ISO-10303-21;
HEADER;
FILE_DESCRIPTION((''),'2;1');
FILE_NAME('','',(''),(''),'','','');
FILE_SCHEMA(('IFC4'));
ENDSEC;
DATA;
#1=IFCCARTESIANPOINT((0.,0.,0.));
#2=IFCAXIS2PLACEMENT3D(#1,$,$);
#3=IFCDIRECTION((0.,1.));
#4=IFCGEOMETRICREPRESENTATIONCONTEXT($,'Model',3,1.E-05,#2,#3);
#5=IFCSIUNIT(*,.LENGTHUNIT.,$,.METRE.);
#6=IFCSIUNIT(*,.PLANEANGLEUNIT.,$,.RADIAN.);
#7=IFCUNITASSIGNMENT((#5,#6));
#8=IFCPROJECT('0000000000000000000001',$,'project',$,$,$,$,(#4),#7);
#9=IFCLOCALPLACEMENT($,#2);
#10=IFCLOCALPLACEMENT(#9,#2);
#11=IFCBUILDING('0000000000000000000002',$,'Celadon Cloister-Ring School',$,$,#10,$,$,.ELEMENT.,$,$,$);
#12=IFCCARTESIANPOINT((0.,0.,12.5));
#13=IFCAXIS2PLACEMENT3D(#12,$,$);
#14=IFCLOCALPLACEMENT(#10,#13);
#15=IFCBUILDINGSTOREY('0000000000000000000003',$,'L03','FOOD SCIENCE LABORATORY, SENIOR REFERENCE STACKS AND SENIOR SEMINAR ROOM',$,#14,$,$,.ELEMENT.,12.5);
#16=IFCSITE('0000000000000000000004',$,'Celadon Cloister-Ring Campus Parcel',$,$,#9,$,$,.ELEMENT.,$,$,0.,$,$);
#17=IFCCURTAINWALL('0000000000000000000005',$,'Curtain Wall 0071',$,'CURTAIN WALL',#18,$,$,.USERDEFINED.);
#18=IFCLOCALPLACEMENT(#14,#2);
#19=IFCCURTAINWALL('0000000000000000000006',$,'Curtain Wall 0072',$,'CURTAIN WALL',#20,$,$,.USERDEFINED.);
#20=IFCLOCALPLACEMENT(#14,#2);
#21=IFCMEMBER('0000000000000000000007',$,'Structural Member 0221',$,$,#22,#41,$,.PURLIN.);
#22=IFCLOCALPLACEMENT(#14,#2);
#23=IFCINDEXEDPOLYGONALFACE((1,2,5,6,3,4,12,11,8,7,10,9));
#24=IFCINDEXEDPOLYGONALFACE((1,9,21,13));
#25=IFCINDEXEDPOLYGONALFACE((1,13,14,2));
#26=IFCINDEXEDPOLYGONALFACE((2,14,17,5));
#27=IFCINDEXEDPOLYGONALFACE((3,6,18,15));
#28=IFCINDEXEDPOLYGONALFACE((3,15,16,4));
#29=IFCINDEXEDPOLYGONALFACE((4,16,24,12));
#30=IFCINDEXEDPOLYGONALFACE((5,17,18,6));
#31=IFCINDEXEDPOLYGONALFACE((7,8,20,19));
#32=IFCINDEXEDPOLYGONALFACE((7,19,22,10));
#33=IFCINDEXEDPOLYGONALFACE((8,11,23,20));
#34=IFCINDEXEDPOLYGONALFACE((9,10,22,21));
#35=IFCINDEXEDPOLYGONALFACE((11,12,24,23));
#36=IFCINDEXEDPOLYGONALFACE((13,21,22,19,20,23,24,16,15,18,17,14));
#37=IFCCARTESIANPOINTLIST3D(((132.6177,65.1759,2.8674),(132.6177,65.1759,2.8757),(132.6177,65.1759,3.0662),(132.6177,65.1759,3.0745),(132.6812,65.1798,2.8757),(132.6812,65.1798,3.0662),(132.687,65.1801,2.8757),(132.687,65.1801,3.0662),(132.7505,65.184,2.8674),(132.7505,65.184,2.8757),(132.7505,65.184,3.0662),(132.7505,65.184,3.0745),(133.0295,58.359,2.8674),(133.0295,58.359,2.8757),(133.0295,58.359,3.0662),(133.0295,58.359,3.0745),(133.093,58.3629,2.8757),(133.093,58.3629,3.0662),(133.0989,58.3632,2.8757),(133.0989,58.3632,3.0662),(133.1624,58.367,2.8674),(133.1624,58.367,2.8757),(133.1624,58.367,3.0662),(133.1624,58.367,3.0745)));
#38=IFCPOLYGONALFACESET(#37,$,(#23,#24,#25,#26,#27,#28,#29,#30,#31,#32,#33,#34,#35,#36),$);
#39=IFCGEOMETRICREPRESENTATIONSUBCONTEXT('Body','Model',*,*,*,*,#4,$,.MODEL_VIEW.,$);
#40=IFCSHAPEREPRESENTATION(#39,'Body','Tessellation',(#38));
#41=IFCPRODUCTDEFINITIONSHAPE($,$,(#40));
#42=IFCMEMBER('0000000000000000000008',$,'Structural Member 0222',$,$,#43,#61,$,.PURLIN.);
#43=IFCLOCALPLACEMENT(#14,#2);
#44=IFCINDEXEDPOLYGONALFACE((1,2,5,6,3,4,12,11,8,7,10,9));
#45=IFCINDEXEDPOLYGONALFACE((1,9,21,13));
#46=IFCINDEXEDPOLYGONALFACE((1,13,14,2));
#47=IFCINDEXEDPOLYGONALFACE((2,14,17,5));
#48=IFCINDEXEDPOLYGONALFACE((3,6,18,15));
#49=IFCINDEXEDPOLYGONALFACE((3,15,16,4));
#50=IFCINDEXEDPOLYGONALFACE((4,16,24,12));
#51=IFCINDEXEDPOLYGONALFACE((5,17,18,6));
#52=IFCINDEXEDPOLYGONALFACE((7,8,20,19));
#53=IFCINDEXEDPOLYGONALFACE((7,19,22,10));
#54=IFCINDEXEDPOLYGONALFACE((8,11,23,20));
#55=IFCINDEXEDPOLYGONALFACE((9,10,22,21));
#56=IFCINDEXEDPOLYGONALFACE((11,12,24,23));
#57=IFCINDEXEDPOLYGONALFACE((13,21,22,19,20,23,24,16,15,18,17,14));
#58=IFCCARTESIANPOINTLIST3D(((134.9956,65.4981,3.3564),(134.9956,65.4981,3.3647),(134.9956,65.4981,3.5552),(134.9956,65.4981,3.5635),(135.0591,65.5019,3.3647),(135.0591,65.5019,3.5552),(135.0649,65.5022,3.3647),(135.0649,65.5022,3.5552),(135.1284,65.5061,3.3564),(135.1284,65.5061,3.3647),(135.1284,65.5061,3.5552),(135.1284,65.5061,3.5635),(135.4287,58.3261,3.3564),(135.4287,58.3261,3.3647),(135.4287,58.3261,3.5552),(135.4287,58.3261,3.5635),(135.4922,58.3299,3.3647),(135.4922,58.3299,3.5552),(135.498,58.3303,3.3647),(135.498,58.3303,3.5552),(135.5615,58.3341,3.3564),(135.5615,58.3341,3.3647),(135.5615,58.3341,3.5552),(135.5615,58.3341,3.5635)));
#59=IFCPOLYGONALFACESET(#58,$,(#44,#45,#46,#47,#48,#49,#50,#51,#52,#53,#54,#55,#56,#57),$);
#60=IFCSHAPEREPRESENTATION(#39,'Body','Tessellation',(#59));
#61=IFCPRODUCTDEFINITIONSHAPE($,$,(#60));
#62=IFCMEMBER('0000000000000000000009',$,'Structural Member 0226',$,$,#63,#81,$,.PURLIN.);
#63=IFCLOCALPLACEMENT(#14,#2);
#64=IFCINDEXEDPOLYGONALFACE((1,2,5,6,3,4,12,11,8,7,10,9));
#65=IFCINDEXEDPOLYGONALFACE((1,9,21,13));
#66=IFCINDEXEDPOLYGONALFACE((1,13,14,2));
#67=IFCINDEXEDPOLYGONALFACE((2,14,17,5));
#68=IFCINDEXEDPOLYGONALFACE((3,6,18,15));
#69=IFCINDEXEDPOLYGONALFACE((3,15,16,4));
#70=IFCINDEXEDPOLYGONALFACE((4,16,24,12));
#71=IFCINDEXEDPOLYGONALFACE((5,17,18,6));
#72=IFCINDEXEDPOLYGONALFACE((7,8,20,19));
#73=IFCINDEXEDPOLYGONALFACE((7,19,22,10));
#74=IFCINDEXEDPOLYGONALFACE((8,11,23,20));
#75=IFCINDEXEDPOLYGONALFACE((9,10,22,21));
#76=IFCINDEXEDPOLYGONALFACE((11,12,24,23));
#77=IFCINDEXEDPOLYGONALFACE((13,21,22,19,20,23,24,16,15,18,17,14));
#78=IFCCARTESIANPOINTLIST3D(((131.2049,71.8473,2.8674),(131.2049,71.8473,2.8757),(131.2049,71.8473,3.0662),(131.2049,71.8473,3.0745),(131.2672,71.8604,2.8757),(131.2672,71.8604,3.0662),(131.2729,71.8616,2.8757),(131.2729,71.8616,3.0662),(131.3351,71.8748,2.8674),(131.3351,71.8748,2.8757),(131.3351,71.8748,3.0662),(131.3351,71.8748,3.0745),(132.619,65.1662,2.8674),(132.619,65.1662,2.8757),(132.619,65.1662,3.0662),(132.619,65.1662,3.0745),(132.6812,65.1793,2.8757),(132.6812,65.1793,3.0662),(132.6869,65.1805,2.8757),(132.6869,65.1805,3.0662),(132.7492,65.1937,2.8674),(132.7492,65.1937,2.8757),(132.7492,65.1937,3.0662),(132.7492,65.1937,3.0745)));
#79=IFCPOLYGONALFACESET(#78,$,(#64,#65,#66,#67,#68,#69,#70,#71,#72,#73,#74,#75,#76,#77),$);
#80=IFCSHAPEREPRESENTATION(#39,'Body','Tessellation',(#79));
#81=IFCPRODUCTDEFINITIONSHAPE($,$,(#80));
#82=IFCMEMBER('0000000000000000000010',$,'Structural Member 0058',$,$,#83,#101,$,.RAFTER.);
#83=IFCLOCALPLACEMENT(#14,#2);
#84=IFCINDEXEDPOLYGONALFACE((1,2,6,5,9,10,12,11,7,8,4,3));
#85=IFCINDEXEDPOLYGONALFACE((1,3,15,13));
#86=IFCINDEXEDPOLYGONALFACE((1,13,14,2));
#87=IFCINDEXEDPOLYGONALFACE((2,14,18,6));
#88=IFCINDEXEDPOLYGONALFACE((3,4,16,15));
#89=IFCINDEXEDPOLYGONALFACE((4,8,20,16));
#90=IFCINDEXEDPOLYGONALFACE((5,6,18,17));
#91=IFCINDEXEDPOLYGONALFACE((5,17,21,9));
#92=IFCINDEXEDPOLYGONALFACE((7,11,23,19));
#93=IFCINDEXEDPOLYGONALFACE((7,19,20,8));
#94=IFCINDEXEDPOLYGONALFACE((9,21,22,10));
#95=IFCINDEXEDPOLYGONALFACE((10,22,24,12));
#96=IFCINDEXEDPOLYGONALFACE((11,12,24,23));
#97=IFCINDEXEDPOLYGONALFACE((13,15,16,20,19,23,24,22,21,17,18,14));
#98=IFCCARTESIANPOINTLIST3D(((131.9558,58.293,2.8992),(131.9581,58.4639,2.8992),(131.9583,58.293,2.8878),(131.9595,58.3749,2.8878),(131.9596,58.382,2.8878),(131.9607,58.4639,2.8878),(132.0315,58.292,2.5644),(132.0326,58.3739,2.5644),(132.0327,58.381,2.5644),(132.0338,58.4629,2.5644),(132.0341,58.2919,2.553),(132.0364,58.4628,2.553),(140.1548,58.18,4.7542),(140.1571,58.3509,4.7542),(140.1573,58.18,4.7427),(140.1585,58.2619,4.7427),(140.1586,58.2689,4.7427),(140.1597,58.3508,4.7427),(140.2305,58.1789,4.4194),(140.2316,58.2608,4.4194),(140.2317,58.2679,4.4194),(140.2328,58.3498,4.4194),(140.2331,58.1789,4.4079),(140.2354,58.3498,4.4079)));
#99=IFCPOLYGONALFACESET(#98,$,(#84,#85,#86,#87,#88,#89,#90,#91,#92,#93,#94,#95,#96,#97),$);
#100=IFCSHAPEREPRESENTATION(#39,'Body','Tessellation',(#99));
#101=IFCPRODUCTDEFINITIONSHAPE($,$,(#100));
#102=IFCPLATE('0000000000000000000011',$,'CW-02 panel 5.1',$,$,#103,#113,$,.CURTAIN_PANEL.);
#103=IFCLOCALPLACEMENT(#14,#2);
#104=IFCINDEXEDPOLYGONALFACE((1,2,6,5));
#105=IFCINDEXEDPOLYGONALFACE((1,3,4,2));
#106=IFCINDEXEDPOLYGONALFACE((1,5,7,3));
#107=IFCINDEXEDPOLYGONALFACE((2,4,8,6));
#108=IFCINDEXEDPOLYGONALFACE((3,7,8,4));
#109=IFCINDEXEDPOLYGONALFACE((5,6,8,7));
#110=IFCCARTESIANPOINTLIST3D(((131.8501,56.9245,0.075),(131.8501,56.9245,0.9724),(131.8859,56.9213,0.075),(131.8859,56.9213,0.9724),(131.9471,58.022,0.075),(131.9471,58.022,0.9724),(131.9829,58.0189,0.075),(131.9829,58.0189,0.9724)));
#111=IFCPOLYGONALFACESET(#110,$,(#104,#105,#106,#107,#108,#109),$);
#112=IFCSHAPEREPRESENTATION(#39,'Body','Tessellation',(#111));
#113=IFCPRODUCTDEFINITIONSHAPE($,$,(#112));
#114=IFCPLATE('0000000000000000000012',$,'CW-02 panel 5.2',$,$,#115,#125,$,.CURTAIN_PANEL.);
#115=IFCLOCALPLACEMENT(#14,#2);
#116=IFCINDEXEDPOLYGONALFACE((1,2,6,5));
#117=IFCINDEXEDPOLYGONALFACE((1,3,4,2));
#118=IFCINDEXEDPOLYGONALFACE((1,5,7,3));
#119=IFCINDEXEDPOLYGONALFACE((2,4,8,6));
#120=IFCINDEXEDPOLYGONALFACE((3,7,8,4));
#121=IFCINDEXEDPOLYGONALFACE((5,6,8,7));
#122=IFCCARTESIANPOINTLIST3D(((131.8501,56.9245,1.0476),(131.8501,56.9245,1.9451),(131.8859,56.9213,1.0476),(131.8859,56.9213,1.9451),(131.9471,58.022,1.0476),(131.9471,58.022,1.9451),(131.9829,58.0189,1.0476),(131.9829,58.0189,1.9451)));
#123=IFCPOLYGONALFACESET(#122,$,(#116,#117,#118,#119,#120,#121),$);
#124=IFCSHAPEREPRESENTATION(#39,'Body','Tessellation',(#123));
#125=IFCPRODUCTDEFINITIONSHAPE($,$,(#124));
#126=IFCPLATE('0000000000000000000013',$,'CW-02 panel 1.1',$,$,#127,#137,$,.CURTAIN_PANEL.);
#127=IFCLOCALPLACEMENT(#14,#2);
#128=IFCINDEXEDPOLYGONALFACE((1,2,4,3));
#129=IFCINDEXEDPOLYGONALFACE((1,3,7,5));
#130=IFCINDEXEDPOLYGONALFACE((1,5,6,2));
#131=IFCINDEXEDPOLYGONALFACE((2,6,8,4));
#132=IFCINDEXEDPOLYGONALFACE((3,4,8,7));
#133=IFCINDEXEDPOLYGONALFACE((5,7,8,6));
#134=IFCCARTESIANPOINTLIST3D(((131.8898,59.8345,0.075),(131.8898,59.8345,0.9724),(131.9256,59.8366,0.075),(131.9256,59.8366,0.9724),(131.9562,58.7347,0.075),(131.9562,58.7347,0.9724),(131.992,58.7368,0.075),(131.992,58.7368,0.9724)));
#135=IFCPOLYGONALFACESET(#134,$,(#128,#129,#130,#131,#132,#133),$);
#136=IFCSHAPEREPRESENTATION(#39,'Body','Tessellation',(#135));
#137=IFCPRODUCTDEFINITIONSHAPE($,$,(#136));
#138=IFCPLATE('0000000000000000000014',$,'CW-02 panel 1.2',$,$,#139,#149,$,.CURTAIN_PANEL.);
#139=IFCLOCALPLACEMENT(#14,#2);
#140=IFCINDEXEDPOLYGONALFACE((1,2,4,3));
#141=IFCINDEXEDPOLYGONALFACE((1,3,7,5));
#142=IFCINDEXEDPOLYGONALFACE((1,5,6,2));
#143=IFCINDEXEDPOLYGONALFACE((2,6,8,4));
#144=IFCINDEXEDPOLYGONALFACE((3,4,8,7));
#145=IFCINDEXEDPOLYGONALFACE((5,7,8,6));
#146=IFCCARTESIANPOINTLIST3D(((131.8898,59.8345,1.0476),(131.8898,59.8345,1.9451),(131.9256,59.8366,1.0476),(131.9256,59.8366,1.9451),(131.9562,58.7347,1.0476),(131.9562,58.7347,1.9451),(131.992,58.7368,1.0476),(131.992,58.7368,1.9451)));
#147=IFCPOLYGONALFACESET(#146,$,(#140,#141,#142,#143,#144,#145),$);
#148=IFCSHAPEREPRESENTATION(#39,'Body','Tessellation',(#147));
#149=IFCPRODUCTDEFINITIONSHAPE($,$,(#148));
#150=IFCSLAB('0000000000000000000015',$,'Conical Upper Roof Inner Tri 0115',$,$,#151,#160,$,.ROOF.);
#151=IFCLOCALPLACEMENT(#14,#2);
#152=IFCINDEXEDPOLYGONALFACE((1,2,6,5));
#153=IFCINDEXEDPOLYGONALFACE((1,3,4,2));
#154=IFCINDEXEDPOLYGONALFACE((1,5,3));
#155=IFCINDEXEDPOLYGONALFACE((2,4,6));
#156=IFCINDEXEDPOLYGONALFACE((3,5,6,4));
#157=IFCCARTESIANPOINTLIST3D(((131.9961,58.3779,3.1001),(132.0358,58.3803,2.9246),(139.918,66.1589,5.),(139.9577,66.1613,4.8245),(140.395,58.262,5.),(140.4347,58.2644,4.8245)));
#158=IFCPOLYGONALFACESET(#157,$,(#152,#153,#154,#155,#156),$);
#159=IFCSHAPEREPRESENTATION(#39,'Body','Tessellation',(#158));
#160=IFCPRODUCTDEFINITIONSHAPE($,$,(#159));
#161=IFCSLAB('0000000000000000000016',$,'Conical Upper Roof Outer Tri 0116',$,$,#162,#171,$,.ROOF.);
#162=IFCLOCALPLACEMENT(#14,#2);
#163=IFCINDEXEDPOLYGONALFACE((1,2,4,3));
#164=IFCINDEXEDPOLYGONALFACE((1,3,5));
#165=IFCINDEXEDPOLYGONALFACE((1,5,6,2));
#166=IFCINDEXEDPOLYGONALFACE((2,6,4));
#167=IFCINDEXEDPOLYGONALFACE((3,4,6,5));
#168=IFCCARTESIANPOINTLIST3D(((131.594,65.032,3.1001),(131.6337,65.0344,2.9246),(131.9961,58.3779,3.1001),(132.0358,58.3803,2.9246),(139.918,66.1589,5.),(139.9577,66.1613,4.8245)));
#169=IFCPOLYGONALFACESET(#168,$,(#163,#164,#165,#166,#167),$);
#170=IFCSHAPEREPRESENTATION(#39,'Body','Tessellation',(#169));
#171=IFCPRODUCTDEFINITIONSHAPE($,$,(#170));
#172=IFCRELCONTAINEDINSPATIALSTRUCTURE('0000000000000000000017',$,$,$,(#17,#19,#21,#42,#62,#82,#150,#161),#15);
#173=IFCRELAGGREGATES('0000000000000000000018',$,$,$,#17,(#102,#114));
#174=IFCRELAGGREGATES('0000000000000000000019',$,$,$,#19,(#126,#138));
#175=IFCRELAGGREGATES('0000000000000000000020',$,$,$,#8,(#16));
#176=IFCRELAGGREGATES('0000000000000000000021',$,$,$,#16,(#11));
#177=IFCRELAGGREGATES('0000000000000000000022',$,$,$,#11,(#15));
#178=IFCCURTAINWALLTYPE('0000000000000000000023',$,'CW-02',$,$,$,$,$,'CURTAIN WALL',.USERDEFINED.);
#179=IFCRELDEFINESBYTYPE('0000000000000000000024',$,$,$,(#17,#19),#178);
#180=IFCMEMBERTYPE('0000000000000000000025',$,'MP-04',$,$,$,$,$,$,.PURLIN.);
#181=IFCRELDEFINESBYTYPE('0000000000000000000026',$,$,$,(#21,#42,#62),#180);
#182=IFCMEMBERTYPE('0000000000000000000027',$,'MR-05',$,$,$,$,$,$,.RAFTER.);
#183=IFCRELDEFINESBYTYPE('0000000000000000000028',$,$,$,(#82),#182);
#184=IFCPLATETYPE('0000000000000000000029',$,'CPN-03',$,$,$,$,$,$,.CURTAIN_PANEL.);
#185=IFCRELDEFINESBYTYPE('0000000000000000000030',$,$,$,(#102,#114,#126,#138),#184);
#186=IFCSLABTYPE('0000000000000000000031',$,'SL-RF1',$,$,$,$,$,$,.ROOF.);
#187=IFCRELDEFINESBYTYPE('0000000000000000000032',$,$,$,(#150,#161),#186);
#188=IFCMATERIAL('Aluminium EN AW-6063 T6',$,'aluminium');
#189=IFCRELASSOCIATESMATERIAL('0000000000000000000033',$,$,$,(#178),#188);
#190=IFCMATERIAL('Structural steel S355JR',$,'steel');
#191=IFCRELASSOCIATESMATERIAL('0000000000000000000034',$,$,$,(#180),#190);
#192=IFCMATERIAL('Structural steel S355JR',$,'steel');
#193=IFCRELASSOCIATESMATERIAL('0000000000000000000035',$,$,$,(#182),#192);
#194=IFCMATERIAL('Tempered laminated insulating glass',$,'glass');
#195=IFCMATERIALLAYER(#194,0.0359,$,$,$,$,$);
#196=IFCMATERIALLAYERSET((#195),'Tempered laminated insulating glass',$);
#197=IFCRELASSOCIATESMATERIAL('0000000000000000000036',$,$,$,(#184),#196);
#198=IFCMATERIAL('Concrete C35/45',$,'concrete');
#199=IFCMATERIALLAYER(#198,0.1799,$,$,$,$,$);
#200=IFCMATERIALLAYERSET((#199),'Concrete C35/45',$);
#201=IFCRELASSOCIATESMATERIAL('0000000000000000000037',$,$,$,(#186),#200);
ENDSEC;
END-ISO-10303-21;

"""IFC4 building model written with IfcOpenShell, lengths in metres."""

from ifc_helpers import new_model, si_unit, direction, frame, origin, origin_2d, place, context, subcontext, project, spatial, polyline, rectangle, i_section, outline, extrude, material, layer, layer_set, material_profile, profile_set, type_object, element, aggregate, save


model = new_model("IFC4")

# Units and contexts
model_context = context("Model", 3, precision=1e-05, world=origin(), true_north=direction((0.0, 1.0)))
body_context = subcontext(model_context, "Body", "Model", "MODEL_VIEW")
ifc_project = project(units=[si_unit("LENGTHUNIT", "METRE"), si_unit("PLANEANGLEUNIT", "RADIAN")], contexts=[model_context])

# Site, building, storey
site_placement = place(None, origin())
site = spatial("IfcSite", under=ifc_project, at=site_placement, Name="Celadon Cloister-Ring Campus Parcel", CompositionType="ELEMENT", RefElevation=0.0)
building_placement = place(site_placement, origin())
building = spatial("IfcBuilding", under=site, at=building_placement, Name="Celadon Cloister-Ring School", CompositionType="ELEMENT")
storey_placement = place(building_placement, frame((0.0, 0.0, 12.5)))
storey = spatial("IfcBuildingStorey", under=building, at=storey_placement, Name="L03", Description="FOOD SCIENCE LABORATORY, SENIOR REFERENCE STACKS AND SENIOR SEMINAR ROOM", CompositionType="ELEMENT", Elevation=12.5)

# Curtain wall
ifc_material_1 = material(Name="Aluminium EN AW-6063 T6", Category="aluminium")
curtain_wall_type = type_object("IfcCurtainWallType", Name="CW-02", ElementType="CURTAIN WALL", PredefinedType="USERDEFINED", material=ifc_material_1)
curtain_wall_1_placement = place(storey_placement, origin())
curtain_wall_1 = element("IfcCurtainWall", 1, at=curtain_wall_1_placement, inside=storey, type_object=curtain_wall_type, Name="Curtain Wall 0071", ObjectType="CURTAIN WALL", PredefinedType="USERDEFINED")

# Curtain wall
curtain_wall_2_placement = place(storey_placement, origin())
curtain_wall_2 = element("IfcCurtainWall", 2, at=curtain_wall_2_placement, inside=storey, type_object=curtain_wall_type, Name="Curtain Wall 0072", ObjectType="CURTAIN WALL", PredefinedType="USERDEFINED")

# Members
ifc_material_2 = material(Name="Structural steel S355JR", Category="steel")
ifc_material_profile_1 = material_profile(ifc_material_2, i_section(OverallWidth=0.1331, OverallDepth=0.207, WebThickness=0.0059, FlangeThickness=0.0083, at=origin_2d()), Name="W200X27")
ifc_profile_set_1 = profile_set([ifc_material_profile_1], Name="Structural steel S355JR")
member_type_1 = type_object("IfcMemberType", Name="MP-04", PredefinedType="PURLIN", material=ifc_profile_set_1)
member_1_placement = place(storey_placement, frame((133.0959, 58.363, 2.9709), z_axis=(-0.060308, 0.99818, 0.0), x_axis=(-0.99818, -0.060308, 0.0)))
element("IfcMember", 3, at=member_1_placement, inside=storey, type_object=member_type_1, Name="Structural Member 0221", PredefinedType="PURLIN", context=body_context, shape_type="SweptSolid", body=[
    extrude(i_section(OverallWidth=0.1331, OverallDepth=0.207, WebThickness=0.0059, FlangeThickness=0.0083, at=origin_2d()), origin(), (0.0, 0.0, 1.0), 6.8293),
])
member_2_placement = place(storey_placement, frame((135.4951, 58.3301, 3.46), z_axis=(-0.06028, 0.998182, 0.0), x_axis=(-0.998182, -0.06028, 0.0)))
element("IfcMember", 4, at=member_2_placement, inside=storey, type_object=member_type_1, Name="Structural Member 0222", PredefinedType="PURLIN", context=body_context, shape_type="SweptSolid", body=[
    extrude(i_section(OverallWidth=0.1331, OverallDepth=0.207, WebThickness=0.0059, FlangeThickness=0.0083, at=origin_2d()), origin(), (0.0, 0.0, 1.0), 7.1851),
])
member_3_placement = place(storey_placement, frame((132.6841, 65.1799, 2.9709), z_axis=(-0.207063, 0.978328, 0.0), x_axis=(-0.978328, -0.207063, 0.0)))
element("IfcMember", 5, at=member_3_placement, inside=storey, type_object=member_type_1, Name="Structural Member 0226", PredefinedType="PURLIN", context=body_context, shape_type="SweptSolid", body=[
    extrude(i_section(OverallWidth=0.1331, OverallDepth=0.207, WebThickness=0.0059, FlangeThickness=0.0083, at=origin_2d()), origin(), (0.0, 0.0, 1.0), 6.8291),
])
ifc_material_3 = material(Name="Structural steel S355JR", Category="steel")
ifc_material_profile_2 = material_profile(ifc_material_3, i_section(OverallWidth=0.1709, OverallDepth=0.355, WebThickness=0.0071, FlangeThickness=0.0117, at=origin_2d()), Name="W360X51")
ifc_profile_set_2 = profile_set([ifc_material_profile_2], Name="Structural steel S355JR")
member_type_2 = type_object("IfcMemberType", Name="MR-05", PredefinedType="RAFTER", material=ifc_profile_set_2)
member_4_placement = place(storey_placement, frame((131.9961, 58.3779, 2.7261), z_axis=(0.975261, -0.013446, 0.220648), x_axis=(0.013785, 0.999905, 0.0)))
element("IfcMember", 6, at=member_4_placement, inside=storey, type_object=member_type_2, Name="Structural Member 0058", PredefinedType="RAFTER", context=body_context, shape_type="SweptSolid", body=[
    extrude(i_section(OverallWidth=0.1709, OverallDepth=0.355, WebThickness=0.0071, FlangeThickness=0.0117, at=origin_2d()), origin(), (0.0, 0.0, 1.0), 8.407),
])

# Plates
ifc_material_4 = material(Name="Tempered laminated insulating glass", Category="glass")
ifc_layer_1 = layer(ifc_material_4, 0.0359)
ifc_layer_set_1 = layer_set([ifc_layer_1], Name="Tempered laminated insulating glass")
plate_type = type_object("IfcPlateType", Name="CPN-03", PredefinedType="CURTAIN_PANEL", material=ifc_layer_set_1)
plate_1_placement = place(storey_placement, frame((131.9165, 57.4717, 0.075), z_axis=(0.0, 0.0, 1.0), x_axis=(0.088071, 0.996114, 0.0)))
plate_1 = element("IfcPlate", 7, at=plate_1_placement, type_object=plate_type, Name="CW-02 panel 5.1", PredefinedType="CURTAIN_PANEL", context=body_context, shape_type="SweptSolid", body=[
    extrude(rectangle(XDim=1.1018, YDim=0.0359, at=origin_2d()), origin(), (0.0, 0.0, 1.0), 0.8975),
])
plate_2_placement = place(storey_placement, frame((131.9165, 57.4717, 1.0476), z_axis=(0.0, 0.0, 1.0), x_axis=(0.088071, 0.996114, 0.0)))
plate_2 = element("IfcPlate", 8, at=plate_2_placement, type_object=plate_type, Name="CW-02 panel 5.2", PredefinedType="CURTAIN_PANEL", context=body_context, shape_type="SweptSolid", body=[
    extrude(rectangle(XDim=1.1018, YDim=0.0359, at=origin_2d()), origin(), (0.0, 0.0, 1.0), 0.8975),
])
aggregate(curtain_wall_1, [plate_1, plate_2])
plate_3_placement = place(storey_placement, frame((131.9409, 59.2856, 0.075), z_axis=(0.0, 0.0, 1.0), x_axis=(-0.060238, 0.998184, 0.0)))
plate_3 = element("IfcPlate", 9, at=plate_3_placement, type_object=plate_type, Name="CW-02 panel 1.1", PredefinedType="CURTAIN_PANEL", context=body_context, shape_type="SweptSolid", body=[
    extrude(rectangle(XDim=1.1018, YDim=0.0359, at=origin_2d()), origin(), (0.0, 0.0, 1.0), 0.8975),
])
plate_4_placement = place(storey_placement, frame((131.9409, 59.2856, 1.0476), z_axis=(0.0, 0.0, 1.0), x_axis=(-0.060238, 0.998184, 0.0)))
plate_4 = element("IfcPlate", 10, at=plate_4_placement, type_object=plate_type, Name="CW-02 panel 1.2", PredefinedType="CURTAIN_PANEL", context=body_context, shape_type="SweptSolid", body=[
    extrude(rectangle(XDim=1.1018, YDim=0.0359, at=origin_2d()), origin(), (0.0, 0.0, 1.0), 0.8975),
])
aggregate(curtain_wall_2, [plate_3, plate_4])

# Slabs
ifc_material_5 = material(Name="Concrete C35/45", Category="concrete")
ifc_layer_2 = layer(ifc_material_5, 0.1799)
ifc_layer_set_2 = layer_set([ifc_layer_2], Name="Concrete C35/45")
slab_type = type_object("IfcSlabType", Name="SL-RF1", PredefinedType="ROOF", material=ifc_layer_set_2)
slab_1_placement = place(storey_placement, frame((131.9961, 58.3779, 3.1001), z_axis=(-0.220789, -0.013338, 0.97523), x_axis=(0.975268, -0.013466, 0.220613)))
element("IfcSlab", 11, at=slab_1_placement, inside=storey, type_object=slab_type, Name="Conical Upper Roof Inner Tri 0115", PredefinedType="ROOF", context=body_context, shape_type="SweptSolid", body=[
    extrude(outline(polyline([(0.0, 0.0), (8.6119, 0.0), (8.0403, 7.8907), (0.0, 0.0)])), origin(), (0.0, 0.0, -1.0), 0.1799),
])
slab_2_placement = place(storey_placement, frame((131.9961, 58.3779, 3.1001), z_axis=(-0.220785, -0.013342, 0.975231), x_axis=(0.703203, 0.690698, 0.168649)))
element("IfcSlab", 12, at=slab_2_placement, inside=storey, type_object=slab_type, Name="Conical Upper Roof Outer Tri 0116", PredefinedType="ROOF", context=body_context, shape_type="SweptSolid", body=[
    extrude(outline(polyline([(0.0, 0.0), (11.2654, 0.0), (4.3132, 5.0828), (0.0, 0.0)])), origin(), (0.0, 0.0, -1.0), 0.1799),
])

save(model, "model.ifc")
